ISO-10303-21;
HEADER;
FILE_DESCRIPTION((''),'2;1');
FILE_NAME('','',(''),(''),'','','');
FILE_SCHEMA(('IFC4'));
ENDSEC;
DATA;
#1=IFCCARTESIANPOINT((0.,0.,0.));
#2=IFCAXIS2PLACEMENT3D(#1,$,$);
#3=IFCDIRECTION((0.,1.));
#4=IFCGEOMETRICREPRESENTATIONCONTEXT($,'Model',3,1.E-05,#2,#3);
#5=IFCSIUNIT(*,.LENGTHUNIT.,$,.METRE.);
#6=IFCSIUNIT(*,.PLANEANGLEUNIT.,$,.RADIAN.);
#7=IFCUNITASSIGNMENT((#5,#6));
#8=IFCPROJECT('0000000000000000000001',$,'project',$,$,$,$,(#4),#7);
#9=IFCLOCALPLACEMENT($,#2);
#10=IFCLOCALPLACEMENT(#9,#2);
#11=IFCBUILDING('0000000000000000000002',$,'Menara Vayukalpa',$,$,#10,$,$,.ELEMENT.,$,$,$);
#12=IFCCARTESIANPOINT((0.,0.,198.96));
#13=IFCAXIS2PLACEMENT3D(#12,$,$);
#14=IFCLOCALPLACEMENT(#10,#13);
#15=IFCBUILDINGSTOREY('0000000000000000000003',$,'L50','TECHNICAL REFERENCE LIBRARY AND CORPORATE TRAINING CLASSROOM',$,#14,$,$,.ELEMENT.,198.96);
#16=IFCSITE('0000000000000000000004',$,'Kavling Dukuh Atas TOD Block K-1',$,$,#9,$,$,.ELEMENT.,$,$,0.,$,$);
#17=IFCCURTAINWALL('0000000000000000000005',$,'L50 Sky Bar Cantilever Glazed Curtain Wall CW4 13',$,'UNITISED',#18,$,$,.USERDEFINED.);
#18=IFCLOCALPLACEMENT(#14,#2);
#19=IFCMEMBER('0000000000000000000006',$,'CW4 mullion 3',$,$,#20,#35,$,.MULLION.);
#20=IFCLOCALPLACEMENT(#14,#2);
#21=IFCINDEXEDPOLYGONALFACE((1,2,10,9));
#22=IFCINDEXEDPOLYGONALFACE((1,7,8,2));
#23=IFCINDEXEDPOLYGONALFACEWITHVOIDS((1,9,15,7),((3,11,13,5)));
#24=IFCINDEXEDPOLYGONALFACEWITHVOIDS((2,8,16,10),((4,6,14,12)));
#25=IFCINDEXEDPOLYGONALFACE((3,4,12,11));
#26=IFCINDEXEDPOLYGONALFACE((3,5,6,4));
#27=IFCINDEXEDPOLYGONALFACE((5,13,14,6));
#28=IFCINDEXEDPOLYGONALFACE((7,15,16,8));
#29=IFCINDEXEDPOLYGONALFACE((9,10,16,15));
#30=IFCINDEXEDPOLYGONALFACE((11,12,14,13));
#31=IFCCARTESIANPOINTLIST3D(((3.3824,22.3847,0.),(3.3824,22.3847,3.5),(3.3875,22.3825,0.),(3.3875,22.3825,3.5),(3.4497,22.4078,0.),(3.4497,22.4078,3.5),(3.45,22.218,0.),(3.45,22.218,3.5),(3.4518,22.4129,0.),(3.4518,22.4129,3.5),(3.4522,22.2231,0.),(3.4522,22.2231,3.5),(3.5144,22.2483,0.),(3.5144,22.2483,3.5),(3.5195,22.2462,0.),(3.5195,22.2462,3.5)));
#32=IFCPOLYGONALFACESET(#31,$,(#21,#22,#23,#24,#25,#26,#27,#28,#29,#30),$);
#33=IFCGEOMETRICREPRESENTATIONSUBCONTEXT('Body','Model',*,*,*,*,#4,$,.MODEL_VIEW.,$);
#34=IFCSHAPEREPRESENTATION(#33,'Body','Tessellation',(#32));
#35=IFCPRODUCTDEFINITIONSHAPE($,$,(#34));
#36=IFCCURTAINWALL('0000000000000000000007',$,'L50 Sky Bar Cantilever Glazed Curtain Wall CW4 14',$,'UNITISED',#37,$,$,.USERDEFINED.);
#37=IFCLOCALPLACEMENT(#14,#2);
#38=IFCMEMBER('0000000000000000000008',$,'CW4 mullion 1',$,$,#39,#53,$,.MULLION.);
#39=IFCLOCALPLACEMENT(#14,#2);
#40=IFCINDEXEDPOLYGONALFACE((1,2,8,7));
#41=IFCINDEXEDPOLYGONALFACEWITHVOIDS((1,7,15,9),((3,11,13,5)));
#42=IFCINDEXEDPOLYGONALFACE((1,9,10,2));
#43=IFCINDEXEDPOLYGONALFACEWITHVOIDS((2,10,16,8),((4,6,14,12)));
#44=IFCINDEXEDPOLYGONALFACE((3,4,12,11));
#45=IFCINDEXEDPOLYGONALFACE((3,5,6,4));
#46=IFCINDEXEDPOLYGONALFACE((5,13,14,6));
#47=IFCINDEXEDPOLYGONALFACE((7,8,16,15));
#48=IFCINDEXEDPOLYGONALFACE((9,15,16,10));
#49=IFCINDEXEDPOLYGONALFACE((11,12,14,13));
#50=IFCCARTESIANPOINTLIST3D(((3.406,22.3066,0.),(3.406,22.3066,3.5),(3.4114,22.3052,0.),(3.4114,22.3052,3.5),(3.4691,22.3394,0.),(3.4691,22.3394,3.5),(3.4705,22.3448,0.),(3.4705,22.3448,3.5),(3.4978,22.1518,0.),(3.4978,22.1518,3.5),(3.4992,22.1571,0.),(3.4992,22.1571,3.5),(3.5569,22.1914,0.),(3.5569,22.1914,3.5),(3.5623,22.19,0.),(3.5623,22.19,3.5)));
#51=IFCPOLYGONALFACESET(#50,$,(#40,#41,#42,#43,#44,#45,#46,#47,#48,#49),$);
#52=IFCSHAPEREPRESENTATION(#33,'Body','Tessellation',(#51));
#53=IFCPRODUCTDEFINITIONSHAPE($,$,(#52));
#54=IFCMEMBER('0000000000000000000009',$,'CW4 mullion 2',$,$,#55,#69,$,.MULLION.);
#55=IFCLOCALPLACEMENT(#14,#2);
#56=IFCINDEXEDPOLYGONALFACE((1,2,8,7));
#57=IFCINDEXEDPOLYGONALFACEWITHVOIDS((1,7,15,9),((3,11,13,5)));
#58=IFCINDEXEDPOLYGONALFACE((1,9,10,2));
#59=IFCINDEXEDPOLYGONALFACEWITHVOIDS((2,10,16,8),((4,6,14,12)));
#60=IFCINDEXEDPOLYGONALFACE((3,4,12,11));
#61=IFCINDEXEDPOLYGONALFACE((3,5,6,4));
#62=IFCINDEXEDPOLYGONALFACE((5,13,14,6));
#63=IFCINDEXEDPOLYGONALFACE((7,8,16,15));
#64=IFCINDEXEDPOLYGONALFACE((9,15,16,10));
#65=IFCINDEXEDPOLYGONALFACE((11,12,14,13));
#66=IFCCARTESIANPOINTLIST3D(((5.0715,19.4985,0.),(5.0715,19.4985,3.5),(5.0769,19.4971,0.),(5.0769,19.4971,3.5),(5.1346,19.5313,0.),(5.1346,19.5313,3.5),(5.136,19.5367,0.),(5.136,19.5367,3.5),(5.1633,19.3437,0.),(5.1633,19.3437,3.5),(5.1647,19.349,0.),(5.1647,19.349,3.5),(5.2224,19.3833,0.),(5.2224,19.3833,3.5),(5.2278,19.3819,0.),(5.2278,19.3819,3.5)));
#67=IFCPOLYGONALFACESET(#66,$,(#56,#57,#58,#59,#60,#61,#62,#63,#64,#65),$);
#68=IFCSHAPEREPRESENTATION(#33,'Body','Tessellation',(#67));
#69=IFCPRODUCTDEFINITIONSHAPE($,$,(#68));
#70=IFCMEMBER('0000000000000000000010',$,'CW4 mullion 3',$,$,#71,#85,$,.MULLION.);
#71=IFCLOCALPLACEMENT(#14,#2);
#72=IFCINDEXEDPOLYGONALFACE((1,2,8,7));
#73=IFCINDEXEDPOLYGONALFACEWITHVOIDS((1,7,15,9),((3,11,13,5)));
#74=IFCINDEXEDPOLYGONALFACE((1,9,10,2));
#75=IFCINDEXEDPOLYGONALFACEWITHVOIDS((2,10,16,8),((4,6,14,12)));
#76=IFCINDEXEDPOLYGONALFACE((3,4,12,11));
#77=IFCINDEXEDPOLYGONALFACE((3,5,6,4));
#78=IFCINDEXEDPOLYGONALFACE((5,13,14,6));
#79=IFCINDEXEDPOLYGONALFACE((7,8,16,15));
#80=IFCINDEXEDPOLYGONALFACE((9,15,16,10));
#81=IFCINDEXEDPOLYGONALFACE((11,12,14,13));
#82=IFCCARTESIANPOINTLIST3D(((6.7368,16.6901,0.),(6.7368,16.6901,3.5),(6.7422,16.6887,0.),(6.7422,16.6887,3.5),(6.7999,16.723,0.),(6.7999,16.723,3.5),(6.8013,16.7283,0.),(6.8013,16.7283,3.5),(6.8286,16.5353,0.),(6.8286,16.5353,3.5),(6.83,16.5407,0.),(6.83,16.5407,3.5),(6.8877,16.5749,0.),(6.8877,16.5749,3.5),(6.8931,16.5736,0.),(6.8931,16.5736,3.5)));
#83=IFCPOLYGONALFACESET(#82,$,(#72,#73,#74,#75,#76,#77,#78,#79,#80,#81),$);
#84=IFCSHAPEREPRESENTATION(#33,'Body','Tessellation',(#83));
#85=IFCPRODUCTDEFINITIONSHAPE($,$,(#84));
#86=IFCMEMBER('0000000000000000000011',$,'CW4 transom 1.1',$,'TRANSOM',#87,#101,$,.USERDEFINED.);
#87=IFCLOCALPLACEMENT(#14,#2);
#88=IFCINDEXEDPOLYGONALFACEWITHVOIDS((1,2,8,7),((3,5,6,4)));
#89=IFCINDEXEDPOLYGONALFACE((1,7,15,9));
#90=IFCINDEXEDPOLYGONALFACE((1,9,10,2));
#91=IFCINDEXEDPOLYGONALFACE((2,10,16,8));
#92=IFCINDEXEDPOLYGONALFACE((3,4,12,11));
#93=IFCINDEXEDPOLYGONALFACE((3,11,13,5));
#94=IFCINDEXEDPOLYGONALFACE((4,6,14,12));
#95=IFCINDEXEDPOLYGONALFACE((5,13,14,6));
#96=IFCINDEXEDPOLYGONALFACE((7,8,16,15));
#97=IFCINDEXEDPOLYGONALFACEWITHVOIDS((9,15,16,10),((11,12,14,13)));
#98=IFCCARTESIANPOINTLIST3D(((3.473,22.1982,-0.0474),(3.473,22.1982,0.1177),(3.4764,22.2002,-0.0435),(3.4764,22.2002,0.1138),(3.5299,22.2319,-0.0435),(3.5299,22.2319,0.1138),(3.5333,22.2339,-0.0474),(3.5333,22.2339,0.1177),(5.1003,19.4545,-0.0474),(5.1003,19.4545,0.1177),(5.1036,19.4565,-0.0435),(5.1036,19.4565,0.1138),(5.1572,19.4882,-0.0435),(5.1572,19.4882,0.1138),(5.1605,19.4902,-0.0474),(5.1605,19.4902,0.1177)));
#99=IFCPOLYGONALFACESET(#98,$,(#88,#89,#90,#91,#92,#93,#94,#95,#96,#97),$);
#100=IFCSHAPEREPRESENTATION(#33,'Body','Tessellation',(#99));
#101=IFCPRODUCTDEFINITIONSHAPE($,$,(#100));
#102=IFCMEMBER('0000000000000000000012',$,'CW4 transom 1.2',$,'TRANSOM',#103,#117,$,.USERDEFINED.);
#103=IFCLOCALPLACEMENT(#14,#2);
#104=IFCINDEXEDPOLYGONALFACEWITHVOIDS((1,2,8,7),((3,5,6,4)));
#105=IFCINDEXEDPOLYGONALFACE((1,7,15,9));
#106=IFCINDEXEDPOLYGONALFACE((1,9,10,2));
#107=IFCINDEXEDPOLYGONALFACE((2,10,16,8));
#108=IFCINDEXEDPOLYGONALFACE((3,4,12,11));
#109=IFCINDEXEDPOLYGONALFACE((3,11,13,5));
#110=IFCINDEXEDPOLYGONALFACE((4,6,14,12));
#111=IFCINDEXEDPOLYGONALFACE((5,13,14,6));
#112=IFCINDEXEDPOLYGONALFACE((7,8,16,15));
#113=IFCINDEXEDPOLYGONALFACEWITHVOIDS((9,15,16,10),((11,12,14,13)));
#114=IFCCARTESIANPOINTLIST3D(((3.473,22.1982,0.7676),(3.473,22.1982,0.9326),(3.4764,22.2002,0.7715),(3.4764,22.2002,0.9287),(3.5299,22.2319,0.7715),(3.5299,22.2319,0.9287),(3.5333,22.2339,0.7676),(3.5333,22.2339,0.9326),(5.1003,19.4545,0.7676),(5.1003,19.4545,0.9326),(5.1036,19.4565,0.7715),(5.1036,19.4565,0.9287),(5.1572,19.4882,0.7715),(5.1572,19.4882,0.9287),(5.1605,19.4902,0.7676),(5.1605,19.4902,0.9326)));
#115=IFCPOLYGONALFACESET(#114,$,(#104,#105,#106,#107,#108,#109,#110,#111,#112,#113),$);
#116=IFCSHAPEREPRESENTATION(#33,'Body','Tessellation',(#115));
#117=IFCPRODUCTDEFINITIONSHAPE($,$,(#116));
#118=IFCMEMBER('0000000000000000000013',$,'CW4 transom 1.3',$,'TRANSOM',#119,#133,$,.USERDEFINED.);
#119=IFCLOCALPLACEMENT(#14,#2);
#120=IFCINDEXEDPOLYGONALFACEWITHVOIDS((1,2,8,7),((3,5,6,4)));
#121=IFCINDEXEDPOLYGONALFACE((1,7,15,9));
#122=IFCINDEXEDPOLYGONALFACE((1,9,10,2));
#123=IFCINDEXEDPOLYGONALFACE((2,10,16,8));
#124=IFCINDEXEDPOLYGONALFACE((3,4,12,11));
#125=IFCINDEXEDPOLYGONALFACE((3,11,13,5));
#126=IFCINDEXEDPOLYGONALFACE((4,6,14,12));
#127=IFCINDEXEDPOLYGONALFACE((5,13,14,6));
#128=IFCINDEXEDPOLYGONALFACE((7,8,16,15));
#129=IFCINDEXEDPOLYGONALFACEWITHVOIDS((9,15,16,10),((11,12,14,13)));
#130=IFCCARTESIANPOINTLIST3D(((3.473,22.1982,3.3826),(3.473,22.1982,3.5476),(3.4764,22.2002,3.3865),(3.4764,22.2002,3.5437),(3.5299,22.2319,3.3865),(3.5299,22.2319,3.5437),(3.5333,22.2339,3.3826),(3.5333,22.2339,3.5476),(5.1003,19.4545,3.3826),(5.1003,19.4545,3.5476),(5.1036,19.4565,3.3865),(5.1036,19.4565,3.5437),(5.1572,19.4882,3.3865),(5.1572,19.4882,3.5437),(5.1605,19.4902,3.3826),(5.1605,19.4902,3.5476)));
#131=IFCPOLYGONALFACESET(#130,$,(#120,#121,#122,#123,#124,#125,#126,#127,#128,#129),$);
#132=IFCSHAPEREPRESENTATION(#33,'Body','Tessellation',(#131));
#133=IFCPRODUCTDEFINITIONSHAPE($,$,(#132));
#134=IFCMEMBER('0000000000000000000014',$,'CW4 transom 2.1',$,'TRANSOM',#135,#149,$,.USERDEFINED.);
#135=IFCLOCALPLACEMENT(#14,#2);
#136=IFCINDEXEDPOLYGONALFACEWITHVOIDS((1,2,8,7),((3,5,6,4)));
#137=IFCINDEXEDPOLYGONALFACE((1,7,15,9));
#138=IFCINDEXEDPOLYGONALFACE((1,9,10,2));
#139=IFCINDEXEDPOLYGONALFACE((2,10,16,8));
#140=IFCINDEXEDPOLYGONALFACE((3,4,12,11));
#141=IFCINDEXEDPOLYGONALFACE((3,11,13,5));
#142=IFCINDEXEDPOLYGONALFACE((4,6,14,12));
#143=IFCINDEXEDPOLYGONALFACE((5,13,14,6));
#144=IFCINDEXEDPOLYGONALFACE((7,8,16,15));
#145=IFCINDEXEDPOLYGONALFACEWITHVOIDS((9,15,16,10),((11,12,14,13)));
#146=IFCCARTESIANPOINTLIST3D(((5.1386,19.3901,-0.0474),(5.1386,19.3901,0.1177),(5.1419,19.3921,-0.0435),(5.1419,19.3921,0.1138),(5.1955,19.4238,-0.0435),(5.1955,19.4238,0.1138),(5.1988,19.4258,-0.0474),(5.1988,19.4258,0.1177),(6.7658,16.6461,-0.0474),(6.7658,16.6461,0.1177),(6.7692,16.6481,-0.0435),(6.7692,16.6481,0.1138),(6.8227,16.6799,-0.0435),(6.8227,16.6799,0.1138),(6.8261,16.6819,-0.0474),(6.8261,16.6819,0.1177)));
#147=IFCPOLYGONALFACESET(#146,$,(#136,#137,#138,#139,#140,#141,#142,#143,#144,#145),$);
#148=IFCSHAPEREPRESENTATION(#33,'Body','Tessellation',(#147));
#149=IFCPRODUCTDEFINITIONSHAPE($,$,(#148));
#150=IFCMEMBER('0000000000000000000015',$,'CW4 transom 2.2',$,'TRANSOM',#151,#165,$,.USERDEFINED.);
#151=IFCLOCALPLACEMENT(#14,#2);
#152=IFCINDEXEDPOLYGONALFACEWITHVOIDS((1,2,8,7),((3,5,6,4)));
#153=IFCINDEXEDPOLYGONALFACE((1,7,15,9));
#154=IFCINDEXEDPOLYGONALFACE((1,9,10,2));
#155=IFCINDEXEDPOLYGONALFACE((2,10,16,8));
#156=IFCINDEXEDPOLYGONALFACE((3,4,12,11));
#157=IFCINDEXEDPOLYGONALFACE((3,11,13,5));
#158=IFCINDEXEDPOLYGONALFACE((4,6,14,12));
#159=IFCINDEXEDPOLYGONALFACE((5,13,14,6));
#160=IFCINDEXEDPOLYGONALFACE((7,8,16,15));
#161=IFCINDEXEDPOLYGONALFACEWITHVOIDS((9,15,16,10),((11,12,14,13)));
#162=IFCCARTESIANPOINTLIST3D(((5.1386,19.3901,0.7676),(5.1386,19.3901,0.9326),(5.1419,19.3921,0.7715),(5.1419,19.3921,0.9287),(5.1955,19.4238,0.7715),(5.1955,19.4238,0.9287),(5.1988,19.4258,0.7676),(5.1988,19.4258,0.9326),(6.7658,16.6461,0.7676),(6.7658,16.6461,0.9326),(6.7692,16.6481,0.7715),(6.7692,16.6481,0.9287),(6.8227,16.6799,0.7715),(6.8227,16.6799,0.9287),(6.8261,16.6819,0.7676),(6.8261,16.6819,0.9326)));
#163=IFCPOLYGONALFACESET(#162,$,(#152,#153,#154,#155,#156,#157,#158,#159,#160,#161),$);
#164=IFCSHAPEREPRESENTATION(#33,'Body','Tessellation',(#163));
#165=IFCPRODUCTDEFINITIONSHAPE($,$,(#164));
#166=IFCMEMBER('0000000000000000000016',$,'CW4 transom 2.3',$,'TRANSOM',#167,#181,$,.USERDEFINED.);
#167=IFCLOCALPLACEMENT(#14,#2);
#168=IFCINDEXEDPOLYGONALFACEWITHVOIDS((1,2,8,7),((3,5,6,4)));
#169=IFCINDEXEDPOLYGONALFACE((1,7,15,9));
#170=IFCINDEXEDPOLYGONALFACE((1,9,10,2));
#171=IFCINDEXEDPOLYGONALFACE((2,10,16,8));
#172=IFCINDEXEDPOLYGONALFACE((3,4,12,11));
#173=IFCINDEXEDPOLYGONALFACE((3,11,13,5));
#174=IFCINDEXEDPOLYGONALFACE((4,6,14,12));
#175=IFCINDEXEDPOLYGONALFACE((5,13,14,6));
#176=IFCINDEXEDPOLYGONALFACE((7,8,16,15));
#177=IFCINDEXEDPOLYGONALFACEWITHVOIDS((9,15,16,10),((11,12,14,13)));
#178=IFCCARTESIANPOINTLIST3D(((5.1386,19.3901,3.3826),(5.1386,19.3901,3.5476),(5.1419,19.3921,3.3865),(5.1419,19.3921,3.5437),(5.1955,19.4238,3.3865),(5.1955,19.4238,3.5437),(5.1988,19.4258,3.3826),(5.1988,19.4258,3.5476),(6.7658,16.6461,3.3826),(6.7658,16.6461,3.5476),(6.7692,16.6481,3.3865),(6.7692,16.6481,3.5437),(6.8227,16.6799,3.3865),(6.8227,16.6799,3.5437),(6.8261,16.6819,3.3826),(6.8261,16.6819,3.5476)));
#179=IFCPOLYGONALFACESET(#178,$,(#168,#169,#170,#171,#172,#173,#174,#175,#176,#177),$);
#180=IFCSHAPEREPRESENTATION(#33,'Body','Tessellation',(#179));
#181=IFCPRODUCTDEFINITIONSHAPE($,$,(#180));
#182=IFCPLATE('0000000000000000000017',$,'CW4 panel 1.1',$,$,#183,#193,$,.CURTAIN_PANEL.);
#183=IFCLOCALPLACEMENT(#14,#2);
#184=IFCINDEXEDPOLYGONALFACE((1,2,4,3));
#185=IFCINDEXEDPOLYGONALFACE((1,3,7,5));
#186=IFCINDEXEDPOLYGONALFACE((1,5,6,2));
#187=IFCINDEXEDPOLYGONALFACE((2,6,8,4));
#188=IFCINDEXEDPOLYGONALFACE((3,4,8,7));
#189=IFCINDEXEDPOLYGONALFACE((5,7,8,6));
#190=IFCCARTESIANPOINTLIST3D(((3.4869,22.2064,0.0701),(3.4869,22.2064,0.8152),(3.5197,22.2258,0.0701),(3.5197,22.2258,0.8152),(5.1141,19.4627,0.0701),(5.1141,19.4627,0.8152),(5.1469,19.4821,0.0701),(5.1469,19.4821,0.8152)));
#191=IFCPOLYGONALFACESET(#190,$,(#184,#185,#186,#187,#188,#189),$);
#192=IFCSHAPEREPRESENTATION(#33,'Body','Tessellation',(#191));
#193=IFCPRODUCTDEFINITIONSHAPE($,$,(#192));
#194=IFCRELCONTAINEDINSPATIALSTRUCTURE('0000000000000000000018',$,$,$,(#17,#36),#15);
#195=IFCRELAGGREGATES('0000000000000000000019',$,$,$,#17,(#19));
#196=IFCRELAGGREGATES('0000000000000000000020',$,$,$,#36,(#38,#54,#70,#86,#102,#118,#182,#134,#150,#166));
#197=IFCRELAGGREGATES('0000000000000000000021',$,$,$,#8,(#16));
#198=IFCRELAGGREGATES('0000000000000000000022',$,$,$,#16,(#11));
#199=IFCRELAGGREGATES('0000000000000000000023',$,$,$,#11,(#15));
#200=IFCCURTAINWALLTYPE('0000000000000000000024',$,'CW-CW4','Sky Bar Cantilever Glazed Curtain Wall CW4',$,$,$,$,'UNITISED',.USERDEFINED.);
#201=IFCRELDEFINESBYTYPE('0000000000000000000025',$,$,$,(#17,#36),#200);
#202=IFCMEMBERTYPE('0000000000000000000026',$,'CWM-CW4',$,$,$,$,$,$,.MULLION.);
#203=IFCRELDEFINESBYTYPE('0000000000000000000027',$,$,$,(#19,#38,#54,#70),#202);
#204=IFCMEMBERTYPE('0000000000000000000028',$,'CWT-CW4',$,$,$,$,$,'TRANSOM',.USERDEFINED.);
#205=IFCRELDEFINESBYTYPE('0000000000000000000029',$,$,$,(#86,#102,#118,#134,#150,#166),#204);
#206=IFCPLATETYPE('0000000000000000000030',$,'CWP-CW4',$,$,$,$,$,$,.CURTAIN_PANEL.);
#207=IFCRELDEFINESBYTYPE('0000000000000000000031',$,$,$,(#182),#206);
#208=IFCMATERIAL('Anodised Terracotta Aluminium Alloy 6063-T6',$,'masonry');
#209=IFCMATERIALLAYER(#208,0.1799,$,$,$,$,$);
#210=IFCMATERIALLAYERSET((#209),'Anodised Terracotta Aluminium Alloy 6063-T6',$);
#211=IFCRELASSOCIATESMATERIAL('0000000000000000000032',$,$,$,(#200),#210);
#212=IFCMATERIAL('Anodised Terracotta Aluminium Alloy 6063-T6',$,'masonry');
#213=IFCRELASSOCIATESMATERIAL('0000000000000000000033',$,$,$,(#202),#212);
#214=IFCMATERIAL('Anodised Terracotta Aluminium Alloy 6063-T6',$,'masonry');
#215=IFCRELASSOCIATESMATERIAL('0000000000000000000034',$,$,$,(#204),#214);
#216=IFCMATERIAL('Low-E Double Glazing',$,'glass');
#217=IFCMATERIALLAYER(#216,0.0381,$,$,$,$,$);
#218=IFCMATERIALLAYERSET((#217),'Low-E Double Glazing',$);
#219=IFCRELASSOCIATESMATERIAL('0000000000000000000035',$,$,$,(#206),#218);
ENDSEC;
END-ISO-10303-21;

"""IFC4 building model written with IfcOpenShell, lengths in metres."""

from ifc_helpers import new_model, si_unit, direction, frame, origin, origin_2d, place, context, subcontext, project, spatial, rectangle, hollow_rectangle, extrude, material, layer, layer_set, material_profile, profile_set, type_object, element, aggregate, save


model = new_model("IFC4")

# Units and contexts
model_context = context("Model", 3, precision=1e-05, world=origin(), true_north=direction((0.0, 1.0)))
body_context = subcontext(model_context, "Body", "Model", "MODEL_VIEW")
ifc_project = project(units=[si_unit("LENGTHUNIT", "METRE"), si_unit("PLANEANGLEUNIT", "RADIAN")], contexts=[model_context])

# Site, building, storey
site_placement = place(None, origin())
site = spatial("IfcSite", under=ifc_project, at=site_placement, Name="Kavling Dukuh Atas TOD Block K-1", CompositionType="ELEMENT", RefElevation=0.0)
building_placement = place(site_placement, origin())
building = spatial("IfcBuilding", under=site, at=building_placement, Name="Menara Vayukalpa", CompositionType="ELEMENT")
storey_placement = place(building_placement, frame((0.0, 0.0, 198.96)))
storey = spatial("IfcBuildingStorey", under=building, at=storey_placement, Name="L50", Description="TECHNICAL REFERENCE LIBRARY AND CORPORATE TRAINING CLASSROOM", CompositionType="ELEMENT", Elevation=198.96)

# Curtain wall, member
ifc_material_1 = material(Name="Anodised Terracotta Aluminium Alloy 6063-T6", Category="masonry")
ifc_layer_1 = layer(ifc_material_1, 0.1799)
ifc_layer_set_1 = layer_set([ifc_layer_1], Name="Anodised Terracotta Aluminium Alloy 6063-T6")
curtain_wall_type = type_object("IfcCurtainWallType", Name="CW-CW4", Description="Sky Bar Cantilever Glazed Curtain Wall CW4", ElementType="UNITISED", PredefinedType="USERDEFINED", material=ifc_layer_set_1)
curtain_wall_1_placement = place(storey_placement, origin())
curtain_wall_1 = element("IfcCurtainWall", 1, at=curtain_wall_1_placement, inside=storey, type_object=curtain_wall_type, Name="L50 Sky Bar Cantilever Glazed Curtain Wall CW4 13", ObjectType="UNITISED", PredefinedType="USERDEFINED")
ifc_material_2 = material(Name="Anodised Terracotta Aluminium Alloy 6063-T6", Category="masonry")
ifc_material_profile_1 = material_profile(ifc_material_2, hollow_rectangle(XDim=0.075, YDim=0.1799, WallThickness=0.0039, at=origin_2d()), Name="ALU 75x180x4")
ifc_profile_set_1 = profile_set([ifc_material_profile_1], Name="Anodised Terracotta Aluminium Alloy 6063-T6")
member_type_1 = type_object("IfcMemberType", Name="CWM-CW4", PredefinedType="MULLION", material=ifc_profile_set_1)
member_1_placement = place(storey_placement, frame((3.4509, 22.3154, 0.0), z_axis=(0.0, 0.0, 1.0), x_axis=(0.926582, 0.376092, 0.0)))
member_1 = element("IfcMember", 2, at=member_1_placement, type_object=member_type_1, Name="CW4 mullion 3", PredefinedType="MULLION", context=body_context, shape_type="SweptSolid", body=[
    extrude(hollow_rectangle(XDim=0.075, YDim=0.1799, WallThickness=0.0039, at=origin_2d()), origin(), (0.0, 0.0, 1.0), 3.5),
])
aggregate(curtain_wall_1, [member_1])

# Curtain wall, members, plate
curtain_wall_2_placement = place(storey_placement, origin())
curtain_wall_2 = element("IfcCurtainWall", 3, at=curtain_wall_2_placement, inside=storey, type_object=curtain_wall_type, Name="L50 Sky Bar Cantilever Glazed Curtain Wall CW4 14", ObjectType="UNITISED", PredefinedType="USERDEFINED")
member_2_placement = place(storey_placement, frame((3.4841, 22.2483, 0.0), z_axis=(0.0, 0.0, 1.0), x_axis=(0.86012, 0.510092, 0.0)))
member_2 = element("IfcMember", 4, at=member_2_placement, type_object=member_type_1, Name="CW4 mullion 1", PredefinedType="MULLION", context=body_context, shape_type="SweptSolid", body=[
    extrude(hollow_rectangle(XDim=0.075, YDim=0.1799, WallThickness=0.0039, at=origin_2d()), origin(), (0.0, 0.0, 1.0), 3.5),
])
member_3_placement = place(storey_placement, frame((5.1497, 19.4402, 0.0), z_axis=(0.0, 0.0, 1.0), x_axis=(0.86012, 0.510092, 0.0)))
member_3 = element("IfcMember", 5, at=member_3_placement, type_object=member_type_1, Name="CW4 mullion 2", PredefinedType="MULLION", context=body_context, shape_type="SweptSolid", body=[
    extrude(hollow_rectangle(XDim=0.075, YDim=0.1799, WallThickness=0.0039, at=origin_2d()), origin(), (0.0, 0.0, 1.0), 3.5),
])
member_4_placement = place(storey_placement, frame((6.8149, 16.6318, 0.0), z_axis=(0.0, 0.0, 1.0), x_axis=(0.86012, 0.510092, 0.0)))
member_4 = element("IfcMember", 6, at=member_4_placement, type_object=member_type_1, Name="CW4 mullion 3", PredefinedType="MULLION", context=body_context, shape_type="SweptSolid", body=[
    extrude(hollow_rectangle(XDim=0.075, YDim=0.1799, WallThickness=0.0039, at=origin_2d()), origin(), (0.0, 0.0, 1.0), 3.5),
])
ifc_material_3 = material(Name="Anodised Terracotta Aluminium Alloy 6063-T6", Category="masonry")
ifc_material_profile_2 = material_profile(ifc_material_3, hollow_rectangle(XDim=0.0701, YDim=0.165, WallThickness=0.0039, at=origin_2d()), Name="ALU 70x165x4")
ifc_profile_set_2 = profile_set([ifc_material_profile_2], Name="Anodised Terracotta Aluminium Alloy 6063-T6")
member_type_2 = type_object("IfcMemberType", Name="CWT-CW4", ElementType="TRANSOM", PredefinedType="USERDEFINED", material=ifc_profile_set_2)
member_5_placement = place(storey_placement, frame((3.5032, 22.2161, 0.0352), z_axis=(0.510111, -0.860109, 0.0), x_axis=(0.860109, 0.510111, 0.0)))
member_5 = element("IfcMember", 7, at=member_5_placement, type_object=member_type_2, Name="CW4 transom 1.1", ObjectType="TRANSOM", PredefinedType="USERDEFINED", context=body_context, shape_type="SweptSolid", body=[
    extrude(hollow_rectangle(XDim=0.0701, YDim=0.165, WallThickness=0.0039, at=origin_2d()), origin(), (0.0, 0.0, 1.0), 3.1899),
])
member_6_placement = place(storey_placement, frame((3.5032, 22.2161, 0.8501), z_axis=(0.510111, -0.860109, 0.0), x_axis=(0.860109, 0.510111, 0.0)))
member_6 = element("IfcMember", 8, at=member_6_placement, type_object=member_type_2, Name="CW4 transom 1.2", ObjectType="TRANSOM", PredefinedType="USERDEFINED", context=body_context, shape_type="SweptSolid", body=[
    extrude(hollow_rectangle(XDim=0.0701, YDim=0.165, WallThickness=0.0039, at=origin_2d()), origin(), (0.0, 0.0, 1.0), 3.1899),
])
member_7_placement = place(storey_placement, frame((3.5032, 22.2161, 3.4651), z_axis=(0.510111, -0.860109, 0.0), x_axis=(0.860109, 0.510111, 0.0)))
member_7 = element("IfcMember", 9, at=member_7_placement, type_object=member_type_2, Name="CW4 transom 1.3", ObjectType="TRANSOM", PredefinedType="USERDEFINED", context=body_context, shape_type="SweptSolid", body=[
    extrude(hollow_rectangle(XDim=0.0701, YDim=0.165, WallThickness=0.0039, at=origin_2d()), origin(), (0.0, 0.0, 1.0), 3.1899),
])
member_8_placement = place(storey_placement, frame((5.1687, 19.408, 0.0352), z_axis=(0.510077, -0.860129, 0.0), x_axis=(0.860129, 0.510077, 0.0)))
member_8 = element("IfcMember", 10, at=member_8_placement, type_object=member_type_2, Name="CW4 transom 2.1", ObjectType="TRANSOM", PredefinedType="USERDEFINED", context=body_context, shape_type="SweptSolid", body=[
    extrude(hollow_rectangle(XDim=0.0701, YDim=0.165, WallThickness=0.0039, at=origin_2d()), origin(), (0.0, 0.0, 1.0), 3.1902),
])
member_9_placement = place(storey_placement, frame((5.1687, 19.408, 0.8501), z_axis=(0.510077, -0.860129, 0.0), x_axis=(0.860129, 0.510077, 0.0)))
member_9 = element("IfcMember", 11, at=member_9_placement, type_object=member_type_2, Name="CW4 transom 2.2", ObjectType="TRANSOM", PredefinedType="USERDEFINED", context=body_context, shape_type="SweptSolid", body=[
    extrude(hollow_rectangle(XDim=0.0701, YDim=0.165, WallThickness=0.0039, at=origin_2d()), origin(), (0.0, 0.0, 1.0), 3.1902),
])
member_10_placement = place(storey_placement, frame((5.1687, 19.408, 3.4651), z_axis=(0.510077, -0.860129, 0.0), x_axis=(0.860129, 0.510077, 0.0)))
member_10 = element("IfcMember", 12, at=member_10_placement, type_object=member_type_2, Name="CW4 transom 2.3", ObjectType="TRANSOM", PredefinedType="USERDEFINED", context=body_context, shape_type="SweptSolid", body=[
    extrude(hollow_rectangle(XDim=0.0701, YDim=0.165, WallThickness=0.0039, at=origin_2d()), origin(), (0.0, 0.0, 1.0), 3.1902),
])
ifc_material_4 = material(Name="Low-E Double Glazing", Category="glass")
ifc_layer_2 = layer(ifc_material_4, 0.0381)
ifc_layer_set_2 = layer_set([ifc_layer_2], Name="Low-E Double Glazing")
plate_type = type_object("IfcPlateType", Name="CWP-CW4", PredefinedType="CURTAIN_PANEL", material=ifc_layer_set_2)
plate_1_placement = place(storey_placement, frame((4.3169, 20.8442, 0.0701), z_axis=(0.0, 0.0, 1.0), x_axis=(0.510092, -0.86012, 0.0)))
plate_1 = element("IfcPlate", 13, at=plate_1_placement, type_object=plate_type, Name="CW4 panel 1.1", PredefinedType="CURTAIN_PANEL", context=body_context, shape_type="SweptSolid", body=[
    extrude(rectangle(XDim=3.1899, YDim=0.0381, at=origin_2d()), origin(), (0.0, 0.0, 1.0), 0.7451),
])
aggregate(curtain_wall_2, [member_2, member_3, member_4, member_5, member_6, member_7, plate_1, member_8, member_9, member_10])

save(model, "model.ifc")
